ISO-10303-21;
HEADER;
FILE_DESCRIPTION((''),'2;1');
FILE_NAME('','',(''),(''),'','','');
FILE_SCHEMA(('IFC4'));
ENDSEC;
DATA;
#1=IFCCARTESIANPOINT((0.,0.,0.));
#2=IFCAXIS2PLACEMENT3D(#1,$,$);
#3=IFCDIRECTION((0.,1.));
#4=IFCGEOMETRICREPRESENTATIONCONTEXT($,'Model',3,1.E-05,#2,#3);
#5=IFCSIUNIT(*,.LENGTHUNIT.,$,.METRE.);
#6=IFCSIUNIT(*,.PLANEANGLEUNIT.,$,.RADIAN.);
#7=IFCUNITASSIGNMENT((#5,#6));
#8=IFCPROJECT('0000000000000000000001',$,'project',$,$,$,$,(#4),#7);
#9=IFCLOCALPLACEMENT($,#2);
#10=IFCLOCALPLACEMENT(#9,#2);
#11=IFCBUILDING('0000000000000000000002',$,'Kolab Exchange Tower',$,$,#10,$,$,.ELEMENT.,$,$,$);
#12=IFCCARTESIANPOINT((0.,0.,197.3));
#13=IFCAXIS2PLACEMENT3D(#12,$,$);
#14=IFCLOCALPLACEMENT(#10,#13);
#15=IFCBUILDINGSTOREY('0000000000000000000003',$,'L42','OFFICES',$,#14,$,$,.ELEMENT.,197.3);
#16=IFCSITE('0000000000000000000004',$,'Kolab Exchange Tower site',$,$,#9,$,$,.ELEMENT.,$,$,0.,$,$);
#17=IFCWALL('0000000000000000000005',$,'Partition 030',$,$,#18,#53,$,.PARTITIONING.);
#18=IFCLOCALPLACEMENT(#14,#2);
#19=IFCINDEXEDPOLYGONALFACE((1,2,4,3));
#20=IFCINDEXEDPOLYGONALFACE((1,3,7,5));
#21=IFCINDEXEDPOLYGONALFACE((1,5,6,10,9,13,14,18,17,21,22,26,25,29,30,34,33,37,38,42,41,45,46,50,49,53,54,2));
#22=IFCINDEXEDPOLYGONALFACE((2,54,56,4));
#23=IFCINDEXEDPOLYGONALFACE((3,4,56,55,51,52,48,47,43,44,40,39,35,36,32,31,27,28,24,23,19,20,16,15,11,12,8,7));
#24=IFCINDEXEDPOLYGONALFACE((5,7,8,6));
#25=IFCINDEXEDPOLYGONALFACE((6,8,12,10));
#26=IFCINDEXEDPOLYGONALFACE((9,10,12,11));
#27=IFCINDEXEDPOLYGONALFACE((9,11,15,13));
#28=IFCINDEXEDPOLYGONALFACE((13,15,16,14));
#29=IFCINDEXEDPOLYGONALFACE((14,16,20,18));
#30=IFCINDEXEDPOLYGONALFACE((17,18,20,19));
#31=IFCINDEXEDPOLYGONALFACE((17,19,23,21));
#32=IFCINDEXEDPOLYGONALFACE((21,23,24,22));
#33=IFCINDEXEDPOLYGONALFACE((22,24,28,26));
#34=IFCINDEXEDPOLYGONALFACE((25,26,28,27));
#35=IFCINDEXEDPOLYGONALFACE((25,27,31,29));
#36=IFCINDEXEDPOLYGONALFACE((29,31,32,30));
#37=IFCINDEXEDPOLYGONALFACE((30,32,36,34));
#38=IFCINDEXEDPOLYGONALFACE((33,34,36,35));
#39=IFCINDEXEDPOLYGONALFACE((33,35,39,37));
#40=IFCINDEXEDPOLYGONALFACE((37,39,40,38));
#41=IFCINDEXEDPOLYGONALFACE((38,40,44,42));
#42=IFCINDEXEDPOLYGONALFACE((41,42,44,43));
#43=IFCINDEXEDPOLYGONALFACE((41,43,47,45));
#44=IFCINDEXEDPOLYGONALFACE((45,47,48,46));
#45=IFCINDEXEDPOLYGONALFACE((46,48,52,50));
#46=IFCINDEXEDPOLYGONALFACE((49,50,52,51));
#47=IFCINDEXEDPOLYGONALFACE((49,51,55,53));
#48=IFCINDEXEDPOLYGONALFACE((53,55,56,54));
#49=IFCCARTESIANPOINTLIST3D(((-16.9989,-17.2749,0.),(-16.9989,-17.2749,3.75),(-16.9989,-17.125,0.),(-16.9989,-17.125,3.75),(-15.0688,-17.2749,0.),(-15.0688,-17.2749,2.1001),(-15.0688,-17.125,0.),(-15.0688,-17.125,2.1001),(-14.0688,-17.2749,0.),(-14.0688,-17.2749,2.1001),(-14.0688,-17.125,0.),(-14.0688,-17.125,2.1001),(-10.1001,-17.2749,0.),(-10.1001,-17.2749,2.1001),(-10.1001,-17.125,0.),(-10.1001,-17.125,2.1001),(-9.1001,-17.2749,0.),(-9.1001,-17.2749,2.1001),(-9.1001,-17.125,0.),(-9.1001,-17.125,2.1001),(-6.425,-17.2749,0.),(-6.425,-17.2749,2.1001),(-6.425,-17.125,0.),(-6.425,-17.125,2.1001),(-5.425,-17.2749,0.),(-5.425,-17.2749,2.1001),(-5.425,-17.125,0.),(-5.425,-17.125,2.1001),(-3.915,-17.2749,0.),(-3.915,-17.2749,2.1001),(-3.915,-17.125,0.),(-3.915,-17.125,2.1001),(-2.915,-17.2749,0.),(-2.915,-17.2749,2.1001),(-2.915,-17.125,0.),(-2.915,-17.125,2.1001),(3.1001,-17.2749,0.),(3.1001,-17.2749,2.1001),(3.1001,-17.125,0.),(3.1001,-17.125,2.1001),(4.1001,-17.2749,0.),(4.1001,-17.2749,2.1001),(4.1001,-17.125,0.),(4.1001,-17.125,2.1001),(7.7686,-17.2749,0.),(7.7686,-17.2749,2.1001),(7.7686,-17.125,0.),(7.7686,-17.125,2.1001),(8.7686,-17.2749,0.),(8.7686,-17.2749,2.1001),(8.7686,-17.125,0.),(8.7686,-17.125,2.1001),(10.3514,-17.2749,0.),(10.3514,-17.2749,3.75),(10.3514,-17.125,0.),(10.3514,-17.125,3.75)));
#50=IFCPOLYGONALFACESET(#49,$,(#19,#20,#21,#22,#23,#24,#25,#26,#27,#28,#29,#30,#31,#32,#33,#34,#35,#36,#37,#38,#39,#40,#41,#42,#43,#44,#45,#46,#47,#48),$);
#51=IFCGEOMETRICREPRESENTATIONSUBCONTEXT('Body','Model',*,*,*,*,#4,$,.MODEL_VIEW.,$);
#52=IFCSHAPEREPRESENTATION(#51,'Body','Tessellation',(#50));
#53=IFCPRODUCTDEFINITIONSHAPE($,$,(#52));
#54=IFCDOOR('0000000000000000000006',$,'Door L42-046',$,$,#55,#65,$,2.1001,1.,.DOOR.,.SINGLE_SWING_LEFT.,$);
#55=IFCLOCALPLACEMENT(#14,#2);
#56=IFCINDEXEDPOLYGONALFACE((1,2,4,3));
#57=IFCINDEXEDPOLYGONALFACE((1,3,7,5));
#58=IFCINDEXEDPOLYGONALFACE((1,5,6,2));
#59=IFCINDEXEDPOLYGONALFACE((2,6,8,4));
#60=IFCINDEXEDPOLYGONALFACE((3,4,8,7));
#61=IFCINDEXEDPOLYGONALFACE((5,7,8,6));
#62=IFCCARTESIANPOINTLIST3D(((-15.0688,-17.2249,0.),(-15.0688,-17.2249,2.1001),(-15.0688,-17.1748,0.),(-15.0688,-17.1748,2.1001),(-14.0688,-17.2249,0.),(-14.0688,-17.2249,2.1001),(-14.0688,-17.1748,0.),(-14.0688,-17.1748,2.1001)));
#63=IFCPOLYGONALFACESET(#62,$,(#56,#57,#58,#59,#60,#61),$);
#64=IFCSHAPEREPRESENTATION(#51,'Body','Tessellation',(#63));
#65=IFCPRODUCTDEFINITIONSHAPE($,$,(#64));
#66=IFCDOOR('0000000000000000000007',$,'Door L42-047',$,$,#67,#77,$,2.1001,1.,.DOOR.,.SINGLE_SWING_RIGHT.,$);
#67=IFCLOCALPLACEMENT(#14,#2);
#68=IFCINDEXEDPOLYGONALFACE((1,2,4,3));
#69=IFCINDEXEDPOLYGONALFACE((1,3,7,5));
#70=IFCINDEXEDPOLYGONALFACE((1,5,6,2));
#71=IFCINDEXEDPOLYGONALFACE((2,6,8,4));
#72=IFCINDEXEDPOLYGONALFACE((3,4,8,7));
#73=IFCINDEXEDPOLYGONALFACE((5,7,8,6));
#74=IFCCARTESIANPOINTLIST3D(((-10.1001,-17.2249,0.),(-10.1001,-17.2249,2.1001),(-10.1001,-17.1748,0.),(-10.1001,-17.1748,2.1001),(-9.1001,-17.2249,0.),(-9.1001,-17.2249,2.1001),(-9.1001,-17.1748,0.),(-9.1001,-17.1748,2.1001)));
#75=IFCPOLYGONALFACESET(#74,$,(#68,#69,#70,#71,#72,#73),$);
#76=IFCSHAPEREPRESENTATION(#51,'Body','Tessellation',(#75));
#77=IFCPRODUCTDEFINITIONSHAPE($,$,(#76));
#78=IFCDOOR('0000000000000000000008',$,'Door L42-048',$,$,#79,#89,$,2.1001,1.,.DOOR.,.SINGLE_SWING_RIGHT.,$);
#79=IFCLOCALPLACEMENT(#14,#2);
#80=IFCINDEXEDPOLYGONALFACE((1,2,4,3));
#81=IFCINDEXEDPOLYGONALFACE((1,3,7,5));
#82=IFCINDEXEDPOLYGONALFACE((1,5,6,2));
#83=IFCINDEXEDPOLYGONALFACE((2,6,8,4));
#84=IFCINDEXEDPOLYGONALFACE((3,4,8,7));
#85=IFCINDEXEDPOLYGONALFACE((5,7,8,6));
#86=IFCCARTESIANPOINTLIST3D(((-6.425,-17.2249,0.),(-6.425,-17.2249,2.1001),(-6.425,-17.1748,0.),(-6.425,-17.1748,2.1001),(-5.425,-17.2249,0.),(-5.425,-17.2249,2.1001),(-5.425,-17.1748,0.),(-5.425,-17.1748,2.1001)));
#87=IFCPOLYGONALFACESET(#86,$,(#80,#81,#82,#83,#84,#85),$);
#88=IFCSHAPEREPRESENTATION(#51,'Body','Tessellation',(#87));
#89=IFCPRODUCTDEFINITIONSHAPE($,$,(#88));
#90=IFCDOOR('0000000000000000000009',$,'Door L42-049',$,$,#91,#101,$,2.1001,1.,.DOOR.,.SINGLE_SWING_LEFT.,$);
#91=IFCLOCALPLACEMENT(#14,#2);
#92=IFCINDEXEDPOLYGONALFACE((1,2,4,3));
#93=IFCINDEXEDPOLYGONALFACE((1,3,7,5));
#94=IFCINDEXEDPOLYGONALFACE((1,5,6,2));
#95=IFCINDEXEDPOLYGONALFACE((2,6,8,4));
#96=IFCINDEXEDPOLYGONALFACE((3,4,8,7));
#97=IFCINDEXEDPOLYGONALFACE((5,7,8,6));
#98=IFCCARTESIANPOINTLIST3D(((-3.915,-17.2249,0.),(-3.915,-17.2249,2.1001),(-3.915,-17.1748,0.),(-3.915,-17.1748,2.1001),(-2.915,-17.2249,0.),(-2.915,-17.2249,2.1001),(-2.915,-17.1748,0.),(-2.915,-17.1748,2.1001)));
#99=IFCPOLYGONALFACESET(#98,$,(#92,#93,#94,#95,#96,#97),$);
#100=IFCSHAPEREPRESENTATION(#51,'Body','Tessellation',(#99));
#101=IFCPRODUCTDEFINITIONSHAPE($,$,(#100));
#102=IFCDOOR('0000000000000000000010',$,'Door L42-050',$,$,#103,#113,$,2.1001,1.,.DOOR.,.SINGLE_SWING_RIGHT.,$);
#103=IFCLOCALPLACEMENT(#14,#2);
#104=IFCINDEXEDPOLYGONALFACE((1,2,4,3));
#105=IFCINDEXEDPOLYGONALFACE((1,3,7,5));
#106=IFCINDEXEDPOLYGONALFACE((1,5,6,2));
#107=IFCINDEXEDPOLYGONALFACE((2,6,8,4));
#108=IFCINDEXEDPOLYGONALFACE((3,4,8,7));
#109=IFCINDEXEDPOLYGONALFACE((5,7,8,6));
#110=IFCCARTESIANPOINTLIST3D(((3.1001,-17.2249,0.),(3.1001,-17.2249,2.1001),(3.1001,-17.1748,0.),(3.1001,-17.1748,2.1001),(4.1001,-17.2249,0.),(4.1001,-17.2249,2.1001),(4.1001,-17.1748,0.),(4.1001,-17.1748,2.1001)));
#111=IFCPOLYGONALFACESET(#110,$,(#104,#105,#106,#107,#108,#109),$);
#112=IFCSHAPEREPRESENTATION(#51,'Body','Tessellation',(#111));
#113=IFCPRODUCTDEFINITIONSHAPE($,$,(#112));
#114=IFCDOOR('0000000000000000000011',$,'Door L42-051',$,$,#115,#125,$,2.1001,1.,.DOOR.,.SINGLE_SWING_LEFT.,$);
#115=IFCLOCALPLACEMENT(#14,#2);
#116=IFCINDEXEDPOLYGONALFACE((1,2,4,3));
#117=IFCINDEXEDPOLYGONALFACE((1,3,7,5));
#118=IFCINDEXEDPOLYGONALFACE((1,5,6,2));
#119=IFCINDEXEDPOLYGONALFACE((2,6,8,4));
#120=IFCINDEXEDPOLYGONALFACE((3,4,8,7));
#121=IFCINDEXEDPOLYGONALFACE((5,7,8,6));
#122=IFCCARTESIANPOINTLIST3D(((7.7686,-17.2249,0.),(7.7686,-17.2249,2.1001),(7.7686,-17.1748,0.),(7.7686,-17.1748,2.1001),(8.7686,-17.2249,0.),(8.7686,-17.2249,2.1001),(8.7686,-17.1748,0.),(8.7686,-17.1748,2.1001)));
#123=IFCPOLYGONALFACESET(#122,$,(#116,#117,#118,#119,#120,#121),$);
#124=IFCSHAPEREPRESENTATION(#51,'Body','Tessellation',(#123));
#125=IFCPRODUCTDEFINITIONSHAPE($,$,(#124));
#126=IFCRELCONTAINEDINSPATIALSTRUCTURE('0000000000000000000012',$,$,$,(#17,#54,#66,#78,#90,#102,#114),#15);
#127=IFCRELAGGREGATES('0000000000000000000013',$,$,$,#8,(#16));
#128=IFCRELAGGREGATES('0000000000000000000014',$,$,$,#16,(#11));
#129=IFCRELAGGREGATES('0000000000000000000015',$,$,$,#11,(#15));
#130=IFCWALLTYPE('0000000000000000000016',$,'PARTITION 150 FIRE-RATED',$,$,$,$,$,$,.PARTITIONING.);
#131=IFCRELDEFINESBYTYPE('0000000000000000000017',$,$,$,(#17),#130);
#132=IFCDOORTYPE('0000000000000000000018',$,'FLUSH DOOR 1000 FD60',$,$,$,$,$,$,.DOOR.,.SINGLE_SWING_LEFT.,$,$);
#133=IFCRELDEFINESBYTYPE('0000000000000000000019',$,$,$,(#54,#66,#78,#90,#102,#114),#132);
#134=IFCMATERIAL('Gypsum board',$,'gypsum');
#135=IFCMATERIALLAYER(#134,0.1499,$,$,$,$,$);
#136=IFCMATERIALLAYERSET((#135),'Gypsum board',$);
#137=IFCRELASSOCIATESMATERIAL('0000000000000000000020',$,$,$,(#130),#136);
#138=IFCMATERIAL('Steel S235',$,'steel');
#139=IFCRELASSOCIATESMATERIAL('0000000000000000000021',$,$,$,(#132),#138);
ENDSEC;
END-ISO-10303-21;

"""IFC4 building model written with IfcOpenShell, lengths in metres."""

from ifc_helpers import new_model, si_unit, direction, frame, frame_2d, origin, place, context, subcontext, project, spatial, rectangle, extrude, material, layer, layer_set, type_object, element, fill, save


model = new_model("IFC4")

# Units and contexts
model_context = context("Model", 3, precision=1e-05, world=origin(), true_north=direction((0.0, 1.0)))
body_context = subcontext(model_context, "Body", "Model", "MODEL_VIEW")
ifc_project = project(units=[si_unit("LENGTHUNIT", "METRE"), si_unit("PLANEANGLEUNIT", "RADIAN")], contexts=[model_context])

# Site, building, storey
site_placement = place(None, origin())
site = spatial("IfcSite", under=ifc_project, at=site_placement, Name="Kolab Exchange Tower site", CompositionType="ELEMENT", RefElevation=0.0)
building_placement = place(site_placement, origin())
building = spatial("IfcBuilding", under=site, at=building_placement, Name="Kolab Exchange Tower", CompositionType="ELEMENT")
storey_placement = place(building_placement, frame((0.0, 0.0, 197.3)))
storey = spatial("IfcBuildingStorey", under=building, at=storey_placement, Name="L42", Description="OFFICES", CompositionType="ELEMENT", Elevation=197.3)

# Wall, openings, doors
ifc_material_1 = material(Name="Gypsum board", Category="gypsum")
ifc_layer_1 = layer(ifc_material_1, 0.1499)
ifc_layer_set_1 = layer_set([ifc_layer_1], Name="Gypsum board")
wall_type_1 = type_object("IfcWallType", Name="PARTITION 150 FIRE-RATED", PredefinedType="PARTITIONING", material=ifc_layer_set_1)
wall_1_placement = place(storey_placement, frame((-16.999, -17.2, 0.0), z_axis=(0.0, 0.0, 1.0), x_axis=(1.0, 0.0, 0.0)))
wall_1 = element("IfcWall", 1, at=wall_1_placement, inside=storey, type_object=wall_type_1, Name="Partition 030", PredefinedType="PARTITIONING", context=body_context, shape_type="SweptSolid", body=[
    extrude(rectangle(XDim=27.3503, YDim=0.1499, at=frame_2d((13.6753, 0.0))), origin(), (0.0, 0.0, 1.0), 3.75),
])
opening_1_placement = place(wall_1_placement, frame((1.9302, 0.0, 0.0)))
opening_1 = element("IfcOpeningElement", 2, at=opening_1_placement, cuts=wall_1, PredefinedType="OPENING", context=body_context, shape_type="SweptSolid", body=[
    extrude(rectangle(XDim=1.0, YDim=2.1001, at=frame_2d((0.5, 1.05))), frame((0.0, 0.085, 0.0), z_axis=(0.0, -1.0, 0.0), x_axis=(1.0, 0.0, 0.0)), (0.0, 0.0, 1.0), 0.1699),
])
opening_2_placement = place(wall_1_placement, frame((6.8989, 0.0, 0.0)))
opening_2 = element("IfcOpeningElement", 3, at=opening_2_placement, cuts=wall_1, PredefinedType="OPENING", context=body_context, shape_type="SweptSolid", body=[
    extrude(rectangle(XDim=1.0, YDim=2.1001, at=frame_2d((0.5, 1.05))), frame((0.0, 0.085, 0.0), z_axis=(0.0, -1.0, 0.0), x_axis=(1.0, 0.0, 0.0)), (0.0, 0.0, 1.0), 0.1699),
])
opening_3_placement = place(wall_1_placement, frame((10.574, 0.0, 0.0)))
opening_3 = element("IfcOpeningElement", 4, at=opening_3_placement, cuts=wall_1, PredefinedType="OPENING", context=body_context, shape_type="SweptSolid", body=[
    extrude(rectangle(XDim=1.0, YDim=2.1001, at=frame_2d((0.5, 1.05))), frame((0.0, 0.085, 0.0), z_axis=(0.0, -1.0, 0.0), x_axis=(1.0, 0.0, 0.0)), (0.0, 0.0, 1.0), 0.1699),
])
opening_4_placement = place(wall_1_placement, frame((13.084, 0.0, 0.0)))
opening_4 = element("IfcOpeningElement", 5, at=opening_4_placement, cuts=wall_1, PredefinedType="OPENING", context=body_context, shape_type="SweptSolid", body=[
    extrude(rectangle(XDim=1.0, YDim=2.1001, at=frame_2d((0.5, 1.05))), frame((0.0, 0.085, 0.0), z_axis=(0.0, -1.0, 0.0), x_axis=(1.0, 0.0, 0.0)), (0.0, 0.0, 1.0), 0.1699),
])
opening_5_placement = place(wall_1_placement, frame((20.0991, 0.0, 0.0)))
opening_5 = element("IfcOpeningElement", 6, at=opening_5_placement, cuts=wall_1, PredefinedType="OPENING", context=body_context, shape_type="SweptSolid", body=[
    extrude(rectangle(XDim=1.0, YDim=2.1001, at=frame_2d((0.5, 1.05))), frame((0.0, 0.085, 0.0), z_axis=(0.0, -1.0, 0.0), x_axis=(1.0, 0.0, 0.0)), (0.0, 0.0, 1.0), 0.1699),
])
opening_6_placement = place(wall_1_placement, frame((24.7676, 0.0, 0.0)))
opening_6 = element("IfcOpeningElement", 7, at=opening_6_placement, cuts=wall_1, PredefinedType="OPENING", context=body_context, shape_type="SweptSolid", body=[
    extrude(rectangle(XDim=1.0, YDim=2.1001, at=frame_2d((0.5, 1.05))), frame((0.0, 0.085, 0.0), z_axis=(0.0, -1.0, 0.0), x_axis=(1.0, 0.0, 0.0)), (0.0, 0.0, 1.0), 0.1699),
])
ifc_material_2 = material(Name="Steel S235", Category="steel")
door_type_1 = type_object("IfcDoorType", Name="FLUSH DOOR 1000 FD60", OperationType="SINGLE_SWING_LEFT", PredefinedType="DOOR", material=ifc_material_2)
door_1_placement = place(opening_1_placement, frame((1.0, 0.0, 0.0), z_axis=(0.0, 0.0, 1.0), x_axis=(-1.0, 0.0, 0.0)))
door_1 = element("IfcDoor", 8, at=door_1_placement, inside=storey, type_object=door_type_1, Name="Door L42-046", OperationType="SINGLE_SWING_LEFT", OverallHeight=2.1001, OverallWidth=1.0, PredefinedType="DOOR", context=body_context, shape_type="SweptSolid", body=[
    extrude(rectangle(XDim=1.0, YDim=2.1001, at=frame_2d((0.5, 1.05))), frame((0.0, 0.0249, 0.0), z_axis=(0.0, -1.0, 0.0), x_axis=(1.0, 0.0, 0.0)), (0.0, 0.0, 1.0), 0.05),
])
fill(opening_1, door_1)
door_2_placement = place(opening_2_placement, frame((1.0, 0.0, 0.0), z_axis=(0.0, 0.0, 1.0), x_axis=(-1.0, 0.0, 0.0)))
door_2 = element("IfcDoor", 9, at=door_2_placement, inside=storey, type_object=door_type_1, Name="Door L42-047", OperationType="SINGLE_SWING_RIGHT", OverallHeight=2.1001, OverallWidth=1.0, PredefinedType="DOOR", context=body_context, shape_type="SweptSolid", body=[
    extrude(rectangle(XDim=1.0, YDim=2.1001, at=frame_2d((0.5, 1.05))), frame((0.0, 0.0249, 0.0), z_axis=(0.0, -1.0, 0.0), x_axis=(1.0, 0.0, 0.0)), (0.0, 0.0, 1.0), 0.05),
])
fill(opening_2, door_2)
door_3_placement = place(opening_3_placement, frame((1.0, 0.0, 0.0), z_axis=(0.0, 0.0, 1.0), x_axis=(-1.0, 0.0, 0.0)))
door_3 = element("IfcDoor", 10, at=door_3_placement, inside=storey, type_object=door_type_1, Name="Door L42-048", OperationType="SINGLE_SWING_RIGHT", OverallHeight=2.1001, OverallWidth=1.0, PredefinedType="DOOR", context=body_context, shape_type="SweptSolid", body=[
    extrude(rectangle(XDim=1.0, YDim=2.1001, at=frame_2d((0.5, 1.05))), frame((0.0, 0.0249, 0.0), z_axis=(0.0, -1.0, 0.0), x_axis=(1.0, 0.0, 0.0)), (0.0, 0.0, 1.0), 0.05),
])
fill(opening_3, door_3)
door_4_placement = place(opening_4_placement, frame((1.0, 0.0, 0.0), z_axis=(0.0, 0.0, 1.0), x_axis=(-1.0, 0.0, 0.0)))
door_4 = element("IfcDoor", 11, at=door_4_placement, inside=storey, type_object=door_type_1, Name="Door L42-049", OperationType="SINGLE_SWING_LEFT", OverallHeight=2.1001, OverallWidth=1.0, PredefinedType="DOOR", context=body_context, shape_type="SweptSolid", body=[
    extrude(rectangle(XDim=1.0, YDim=2.1001, at=frame_2d((0.5, 1.05))), frame((0.0, 0.0249, 0.0), z_axis=(0.0, -1.0, 0.0), x_axis=(1.0, 0.0, 0.0)), (0.0, 0.0, 1.0), 0.05),
])
fill(opening_4, door_4)
door_5_placement = place(opening_5_placement, frame((1.0, 0.0, 0.0), z_axis=(0.0, 0.0, 1.0), x_axis=(-1.0, 0.0, 0.0)))
door_5 = element("IfcDoor", 12, at=door_5_placement, inside=storey, type_object=door_type_1, Name="Door L42-050", OperationType="SINGLE_SWING_RIGHT", OverallHeight=2.1001, OverallWidth=1.0, PredefinedType="DOOR", context=body_context, shape_type="SweptSolid", body=[
    extrude(rectangle(XDim=1.0, YDim=2.1001, at=frame_2d((0.5, 1.05))), frame((0.0, 0.0249, 0.0), z_axis=(0.0, -1.0, 0.0), x_axis=(1.0, 0.0, 0.0)), (0.0, 0.0, 1.0), 0.05),
])
fill(opening_5, door_5)
door_6_placement = place(opening_6_placement, frame((1.0, 0.0, 0.0), z_axis=(0.0, 0.0, 1.0), x_axis=(-1.0, 0.0, 0.0)))
door_6 = element("IfcDoor", 13, at=door_6_placement, inside=storey, type_object=door_type_1, Name="Door L42-051", OperationType="SINGLE_SWING_LEFT", OverallHeight=2.1001, OverallWidth=1.0, PredefinedType="DOOR", context=body_context, shape_type="SweptSolid", body=[
    extrude(rectangle(XDim=1.0, YDim=2.1001, at=frame_2d((0.5, 1.05))), frame((0.0, 0.0249, 0.0), z_axis=(0.0, -1.0, 0.0), x_axis=(1.0, 0.0, 0.0)), (0.0, 0.0, 1.0), 0.05),
])
fill(opening_6, door_6)

save(model, "model.ifc")
